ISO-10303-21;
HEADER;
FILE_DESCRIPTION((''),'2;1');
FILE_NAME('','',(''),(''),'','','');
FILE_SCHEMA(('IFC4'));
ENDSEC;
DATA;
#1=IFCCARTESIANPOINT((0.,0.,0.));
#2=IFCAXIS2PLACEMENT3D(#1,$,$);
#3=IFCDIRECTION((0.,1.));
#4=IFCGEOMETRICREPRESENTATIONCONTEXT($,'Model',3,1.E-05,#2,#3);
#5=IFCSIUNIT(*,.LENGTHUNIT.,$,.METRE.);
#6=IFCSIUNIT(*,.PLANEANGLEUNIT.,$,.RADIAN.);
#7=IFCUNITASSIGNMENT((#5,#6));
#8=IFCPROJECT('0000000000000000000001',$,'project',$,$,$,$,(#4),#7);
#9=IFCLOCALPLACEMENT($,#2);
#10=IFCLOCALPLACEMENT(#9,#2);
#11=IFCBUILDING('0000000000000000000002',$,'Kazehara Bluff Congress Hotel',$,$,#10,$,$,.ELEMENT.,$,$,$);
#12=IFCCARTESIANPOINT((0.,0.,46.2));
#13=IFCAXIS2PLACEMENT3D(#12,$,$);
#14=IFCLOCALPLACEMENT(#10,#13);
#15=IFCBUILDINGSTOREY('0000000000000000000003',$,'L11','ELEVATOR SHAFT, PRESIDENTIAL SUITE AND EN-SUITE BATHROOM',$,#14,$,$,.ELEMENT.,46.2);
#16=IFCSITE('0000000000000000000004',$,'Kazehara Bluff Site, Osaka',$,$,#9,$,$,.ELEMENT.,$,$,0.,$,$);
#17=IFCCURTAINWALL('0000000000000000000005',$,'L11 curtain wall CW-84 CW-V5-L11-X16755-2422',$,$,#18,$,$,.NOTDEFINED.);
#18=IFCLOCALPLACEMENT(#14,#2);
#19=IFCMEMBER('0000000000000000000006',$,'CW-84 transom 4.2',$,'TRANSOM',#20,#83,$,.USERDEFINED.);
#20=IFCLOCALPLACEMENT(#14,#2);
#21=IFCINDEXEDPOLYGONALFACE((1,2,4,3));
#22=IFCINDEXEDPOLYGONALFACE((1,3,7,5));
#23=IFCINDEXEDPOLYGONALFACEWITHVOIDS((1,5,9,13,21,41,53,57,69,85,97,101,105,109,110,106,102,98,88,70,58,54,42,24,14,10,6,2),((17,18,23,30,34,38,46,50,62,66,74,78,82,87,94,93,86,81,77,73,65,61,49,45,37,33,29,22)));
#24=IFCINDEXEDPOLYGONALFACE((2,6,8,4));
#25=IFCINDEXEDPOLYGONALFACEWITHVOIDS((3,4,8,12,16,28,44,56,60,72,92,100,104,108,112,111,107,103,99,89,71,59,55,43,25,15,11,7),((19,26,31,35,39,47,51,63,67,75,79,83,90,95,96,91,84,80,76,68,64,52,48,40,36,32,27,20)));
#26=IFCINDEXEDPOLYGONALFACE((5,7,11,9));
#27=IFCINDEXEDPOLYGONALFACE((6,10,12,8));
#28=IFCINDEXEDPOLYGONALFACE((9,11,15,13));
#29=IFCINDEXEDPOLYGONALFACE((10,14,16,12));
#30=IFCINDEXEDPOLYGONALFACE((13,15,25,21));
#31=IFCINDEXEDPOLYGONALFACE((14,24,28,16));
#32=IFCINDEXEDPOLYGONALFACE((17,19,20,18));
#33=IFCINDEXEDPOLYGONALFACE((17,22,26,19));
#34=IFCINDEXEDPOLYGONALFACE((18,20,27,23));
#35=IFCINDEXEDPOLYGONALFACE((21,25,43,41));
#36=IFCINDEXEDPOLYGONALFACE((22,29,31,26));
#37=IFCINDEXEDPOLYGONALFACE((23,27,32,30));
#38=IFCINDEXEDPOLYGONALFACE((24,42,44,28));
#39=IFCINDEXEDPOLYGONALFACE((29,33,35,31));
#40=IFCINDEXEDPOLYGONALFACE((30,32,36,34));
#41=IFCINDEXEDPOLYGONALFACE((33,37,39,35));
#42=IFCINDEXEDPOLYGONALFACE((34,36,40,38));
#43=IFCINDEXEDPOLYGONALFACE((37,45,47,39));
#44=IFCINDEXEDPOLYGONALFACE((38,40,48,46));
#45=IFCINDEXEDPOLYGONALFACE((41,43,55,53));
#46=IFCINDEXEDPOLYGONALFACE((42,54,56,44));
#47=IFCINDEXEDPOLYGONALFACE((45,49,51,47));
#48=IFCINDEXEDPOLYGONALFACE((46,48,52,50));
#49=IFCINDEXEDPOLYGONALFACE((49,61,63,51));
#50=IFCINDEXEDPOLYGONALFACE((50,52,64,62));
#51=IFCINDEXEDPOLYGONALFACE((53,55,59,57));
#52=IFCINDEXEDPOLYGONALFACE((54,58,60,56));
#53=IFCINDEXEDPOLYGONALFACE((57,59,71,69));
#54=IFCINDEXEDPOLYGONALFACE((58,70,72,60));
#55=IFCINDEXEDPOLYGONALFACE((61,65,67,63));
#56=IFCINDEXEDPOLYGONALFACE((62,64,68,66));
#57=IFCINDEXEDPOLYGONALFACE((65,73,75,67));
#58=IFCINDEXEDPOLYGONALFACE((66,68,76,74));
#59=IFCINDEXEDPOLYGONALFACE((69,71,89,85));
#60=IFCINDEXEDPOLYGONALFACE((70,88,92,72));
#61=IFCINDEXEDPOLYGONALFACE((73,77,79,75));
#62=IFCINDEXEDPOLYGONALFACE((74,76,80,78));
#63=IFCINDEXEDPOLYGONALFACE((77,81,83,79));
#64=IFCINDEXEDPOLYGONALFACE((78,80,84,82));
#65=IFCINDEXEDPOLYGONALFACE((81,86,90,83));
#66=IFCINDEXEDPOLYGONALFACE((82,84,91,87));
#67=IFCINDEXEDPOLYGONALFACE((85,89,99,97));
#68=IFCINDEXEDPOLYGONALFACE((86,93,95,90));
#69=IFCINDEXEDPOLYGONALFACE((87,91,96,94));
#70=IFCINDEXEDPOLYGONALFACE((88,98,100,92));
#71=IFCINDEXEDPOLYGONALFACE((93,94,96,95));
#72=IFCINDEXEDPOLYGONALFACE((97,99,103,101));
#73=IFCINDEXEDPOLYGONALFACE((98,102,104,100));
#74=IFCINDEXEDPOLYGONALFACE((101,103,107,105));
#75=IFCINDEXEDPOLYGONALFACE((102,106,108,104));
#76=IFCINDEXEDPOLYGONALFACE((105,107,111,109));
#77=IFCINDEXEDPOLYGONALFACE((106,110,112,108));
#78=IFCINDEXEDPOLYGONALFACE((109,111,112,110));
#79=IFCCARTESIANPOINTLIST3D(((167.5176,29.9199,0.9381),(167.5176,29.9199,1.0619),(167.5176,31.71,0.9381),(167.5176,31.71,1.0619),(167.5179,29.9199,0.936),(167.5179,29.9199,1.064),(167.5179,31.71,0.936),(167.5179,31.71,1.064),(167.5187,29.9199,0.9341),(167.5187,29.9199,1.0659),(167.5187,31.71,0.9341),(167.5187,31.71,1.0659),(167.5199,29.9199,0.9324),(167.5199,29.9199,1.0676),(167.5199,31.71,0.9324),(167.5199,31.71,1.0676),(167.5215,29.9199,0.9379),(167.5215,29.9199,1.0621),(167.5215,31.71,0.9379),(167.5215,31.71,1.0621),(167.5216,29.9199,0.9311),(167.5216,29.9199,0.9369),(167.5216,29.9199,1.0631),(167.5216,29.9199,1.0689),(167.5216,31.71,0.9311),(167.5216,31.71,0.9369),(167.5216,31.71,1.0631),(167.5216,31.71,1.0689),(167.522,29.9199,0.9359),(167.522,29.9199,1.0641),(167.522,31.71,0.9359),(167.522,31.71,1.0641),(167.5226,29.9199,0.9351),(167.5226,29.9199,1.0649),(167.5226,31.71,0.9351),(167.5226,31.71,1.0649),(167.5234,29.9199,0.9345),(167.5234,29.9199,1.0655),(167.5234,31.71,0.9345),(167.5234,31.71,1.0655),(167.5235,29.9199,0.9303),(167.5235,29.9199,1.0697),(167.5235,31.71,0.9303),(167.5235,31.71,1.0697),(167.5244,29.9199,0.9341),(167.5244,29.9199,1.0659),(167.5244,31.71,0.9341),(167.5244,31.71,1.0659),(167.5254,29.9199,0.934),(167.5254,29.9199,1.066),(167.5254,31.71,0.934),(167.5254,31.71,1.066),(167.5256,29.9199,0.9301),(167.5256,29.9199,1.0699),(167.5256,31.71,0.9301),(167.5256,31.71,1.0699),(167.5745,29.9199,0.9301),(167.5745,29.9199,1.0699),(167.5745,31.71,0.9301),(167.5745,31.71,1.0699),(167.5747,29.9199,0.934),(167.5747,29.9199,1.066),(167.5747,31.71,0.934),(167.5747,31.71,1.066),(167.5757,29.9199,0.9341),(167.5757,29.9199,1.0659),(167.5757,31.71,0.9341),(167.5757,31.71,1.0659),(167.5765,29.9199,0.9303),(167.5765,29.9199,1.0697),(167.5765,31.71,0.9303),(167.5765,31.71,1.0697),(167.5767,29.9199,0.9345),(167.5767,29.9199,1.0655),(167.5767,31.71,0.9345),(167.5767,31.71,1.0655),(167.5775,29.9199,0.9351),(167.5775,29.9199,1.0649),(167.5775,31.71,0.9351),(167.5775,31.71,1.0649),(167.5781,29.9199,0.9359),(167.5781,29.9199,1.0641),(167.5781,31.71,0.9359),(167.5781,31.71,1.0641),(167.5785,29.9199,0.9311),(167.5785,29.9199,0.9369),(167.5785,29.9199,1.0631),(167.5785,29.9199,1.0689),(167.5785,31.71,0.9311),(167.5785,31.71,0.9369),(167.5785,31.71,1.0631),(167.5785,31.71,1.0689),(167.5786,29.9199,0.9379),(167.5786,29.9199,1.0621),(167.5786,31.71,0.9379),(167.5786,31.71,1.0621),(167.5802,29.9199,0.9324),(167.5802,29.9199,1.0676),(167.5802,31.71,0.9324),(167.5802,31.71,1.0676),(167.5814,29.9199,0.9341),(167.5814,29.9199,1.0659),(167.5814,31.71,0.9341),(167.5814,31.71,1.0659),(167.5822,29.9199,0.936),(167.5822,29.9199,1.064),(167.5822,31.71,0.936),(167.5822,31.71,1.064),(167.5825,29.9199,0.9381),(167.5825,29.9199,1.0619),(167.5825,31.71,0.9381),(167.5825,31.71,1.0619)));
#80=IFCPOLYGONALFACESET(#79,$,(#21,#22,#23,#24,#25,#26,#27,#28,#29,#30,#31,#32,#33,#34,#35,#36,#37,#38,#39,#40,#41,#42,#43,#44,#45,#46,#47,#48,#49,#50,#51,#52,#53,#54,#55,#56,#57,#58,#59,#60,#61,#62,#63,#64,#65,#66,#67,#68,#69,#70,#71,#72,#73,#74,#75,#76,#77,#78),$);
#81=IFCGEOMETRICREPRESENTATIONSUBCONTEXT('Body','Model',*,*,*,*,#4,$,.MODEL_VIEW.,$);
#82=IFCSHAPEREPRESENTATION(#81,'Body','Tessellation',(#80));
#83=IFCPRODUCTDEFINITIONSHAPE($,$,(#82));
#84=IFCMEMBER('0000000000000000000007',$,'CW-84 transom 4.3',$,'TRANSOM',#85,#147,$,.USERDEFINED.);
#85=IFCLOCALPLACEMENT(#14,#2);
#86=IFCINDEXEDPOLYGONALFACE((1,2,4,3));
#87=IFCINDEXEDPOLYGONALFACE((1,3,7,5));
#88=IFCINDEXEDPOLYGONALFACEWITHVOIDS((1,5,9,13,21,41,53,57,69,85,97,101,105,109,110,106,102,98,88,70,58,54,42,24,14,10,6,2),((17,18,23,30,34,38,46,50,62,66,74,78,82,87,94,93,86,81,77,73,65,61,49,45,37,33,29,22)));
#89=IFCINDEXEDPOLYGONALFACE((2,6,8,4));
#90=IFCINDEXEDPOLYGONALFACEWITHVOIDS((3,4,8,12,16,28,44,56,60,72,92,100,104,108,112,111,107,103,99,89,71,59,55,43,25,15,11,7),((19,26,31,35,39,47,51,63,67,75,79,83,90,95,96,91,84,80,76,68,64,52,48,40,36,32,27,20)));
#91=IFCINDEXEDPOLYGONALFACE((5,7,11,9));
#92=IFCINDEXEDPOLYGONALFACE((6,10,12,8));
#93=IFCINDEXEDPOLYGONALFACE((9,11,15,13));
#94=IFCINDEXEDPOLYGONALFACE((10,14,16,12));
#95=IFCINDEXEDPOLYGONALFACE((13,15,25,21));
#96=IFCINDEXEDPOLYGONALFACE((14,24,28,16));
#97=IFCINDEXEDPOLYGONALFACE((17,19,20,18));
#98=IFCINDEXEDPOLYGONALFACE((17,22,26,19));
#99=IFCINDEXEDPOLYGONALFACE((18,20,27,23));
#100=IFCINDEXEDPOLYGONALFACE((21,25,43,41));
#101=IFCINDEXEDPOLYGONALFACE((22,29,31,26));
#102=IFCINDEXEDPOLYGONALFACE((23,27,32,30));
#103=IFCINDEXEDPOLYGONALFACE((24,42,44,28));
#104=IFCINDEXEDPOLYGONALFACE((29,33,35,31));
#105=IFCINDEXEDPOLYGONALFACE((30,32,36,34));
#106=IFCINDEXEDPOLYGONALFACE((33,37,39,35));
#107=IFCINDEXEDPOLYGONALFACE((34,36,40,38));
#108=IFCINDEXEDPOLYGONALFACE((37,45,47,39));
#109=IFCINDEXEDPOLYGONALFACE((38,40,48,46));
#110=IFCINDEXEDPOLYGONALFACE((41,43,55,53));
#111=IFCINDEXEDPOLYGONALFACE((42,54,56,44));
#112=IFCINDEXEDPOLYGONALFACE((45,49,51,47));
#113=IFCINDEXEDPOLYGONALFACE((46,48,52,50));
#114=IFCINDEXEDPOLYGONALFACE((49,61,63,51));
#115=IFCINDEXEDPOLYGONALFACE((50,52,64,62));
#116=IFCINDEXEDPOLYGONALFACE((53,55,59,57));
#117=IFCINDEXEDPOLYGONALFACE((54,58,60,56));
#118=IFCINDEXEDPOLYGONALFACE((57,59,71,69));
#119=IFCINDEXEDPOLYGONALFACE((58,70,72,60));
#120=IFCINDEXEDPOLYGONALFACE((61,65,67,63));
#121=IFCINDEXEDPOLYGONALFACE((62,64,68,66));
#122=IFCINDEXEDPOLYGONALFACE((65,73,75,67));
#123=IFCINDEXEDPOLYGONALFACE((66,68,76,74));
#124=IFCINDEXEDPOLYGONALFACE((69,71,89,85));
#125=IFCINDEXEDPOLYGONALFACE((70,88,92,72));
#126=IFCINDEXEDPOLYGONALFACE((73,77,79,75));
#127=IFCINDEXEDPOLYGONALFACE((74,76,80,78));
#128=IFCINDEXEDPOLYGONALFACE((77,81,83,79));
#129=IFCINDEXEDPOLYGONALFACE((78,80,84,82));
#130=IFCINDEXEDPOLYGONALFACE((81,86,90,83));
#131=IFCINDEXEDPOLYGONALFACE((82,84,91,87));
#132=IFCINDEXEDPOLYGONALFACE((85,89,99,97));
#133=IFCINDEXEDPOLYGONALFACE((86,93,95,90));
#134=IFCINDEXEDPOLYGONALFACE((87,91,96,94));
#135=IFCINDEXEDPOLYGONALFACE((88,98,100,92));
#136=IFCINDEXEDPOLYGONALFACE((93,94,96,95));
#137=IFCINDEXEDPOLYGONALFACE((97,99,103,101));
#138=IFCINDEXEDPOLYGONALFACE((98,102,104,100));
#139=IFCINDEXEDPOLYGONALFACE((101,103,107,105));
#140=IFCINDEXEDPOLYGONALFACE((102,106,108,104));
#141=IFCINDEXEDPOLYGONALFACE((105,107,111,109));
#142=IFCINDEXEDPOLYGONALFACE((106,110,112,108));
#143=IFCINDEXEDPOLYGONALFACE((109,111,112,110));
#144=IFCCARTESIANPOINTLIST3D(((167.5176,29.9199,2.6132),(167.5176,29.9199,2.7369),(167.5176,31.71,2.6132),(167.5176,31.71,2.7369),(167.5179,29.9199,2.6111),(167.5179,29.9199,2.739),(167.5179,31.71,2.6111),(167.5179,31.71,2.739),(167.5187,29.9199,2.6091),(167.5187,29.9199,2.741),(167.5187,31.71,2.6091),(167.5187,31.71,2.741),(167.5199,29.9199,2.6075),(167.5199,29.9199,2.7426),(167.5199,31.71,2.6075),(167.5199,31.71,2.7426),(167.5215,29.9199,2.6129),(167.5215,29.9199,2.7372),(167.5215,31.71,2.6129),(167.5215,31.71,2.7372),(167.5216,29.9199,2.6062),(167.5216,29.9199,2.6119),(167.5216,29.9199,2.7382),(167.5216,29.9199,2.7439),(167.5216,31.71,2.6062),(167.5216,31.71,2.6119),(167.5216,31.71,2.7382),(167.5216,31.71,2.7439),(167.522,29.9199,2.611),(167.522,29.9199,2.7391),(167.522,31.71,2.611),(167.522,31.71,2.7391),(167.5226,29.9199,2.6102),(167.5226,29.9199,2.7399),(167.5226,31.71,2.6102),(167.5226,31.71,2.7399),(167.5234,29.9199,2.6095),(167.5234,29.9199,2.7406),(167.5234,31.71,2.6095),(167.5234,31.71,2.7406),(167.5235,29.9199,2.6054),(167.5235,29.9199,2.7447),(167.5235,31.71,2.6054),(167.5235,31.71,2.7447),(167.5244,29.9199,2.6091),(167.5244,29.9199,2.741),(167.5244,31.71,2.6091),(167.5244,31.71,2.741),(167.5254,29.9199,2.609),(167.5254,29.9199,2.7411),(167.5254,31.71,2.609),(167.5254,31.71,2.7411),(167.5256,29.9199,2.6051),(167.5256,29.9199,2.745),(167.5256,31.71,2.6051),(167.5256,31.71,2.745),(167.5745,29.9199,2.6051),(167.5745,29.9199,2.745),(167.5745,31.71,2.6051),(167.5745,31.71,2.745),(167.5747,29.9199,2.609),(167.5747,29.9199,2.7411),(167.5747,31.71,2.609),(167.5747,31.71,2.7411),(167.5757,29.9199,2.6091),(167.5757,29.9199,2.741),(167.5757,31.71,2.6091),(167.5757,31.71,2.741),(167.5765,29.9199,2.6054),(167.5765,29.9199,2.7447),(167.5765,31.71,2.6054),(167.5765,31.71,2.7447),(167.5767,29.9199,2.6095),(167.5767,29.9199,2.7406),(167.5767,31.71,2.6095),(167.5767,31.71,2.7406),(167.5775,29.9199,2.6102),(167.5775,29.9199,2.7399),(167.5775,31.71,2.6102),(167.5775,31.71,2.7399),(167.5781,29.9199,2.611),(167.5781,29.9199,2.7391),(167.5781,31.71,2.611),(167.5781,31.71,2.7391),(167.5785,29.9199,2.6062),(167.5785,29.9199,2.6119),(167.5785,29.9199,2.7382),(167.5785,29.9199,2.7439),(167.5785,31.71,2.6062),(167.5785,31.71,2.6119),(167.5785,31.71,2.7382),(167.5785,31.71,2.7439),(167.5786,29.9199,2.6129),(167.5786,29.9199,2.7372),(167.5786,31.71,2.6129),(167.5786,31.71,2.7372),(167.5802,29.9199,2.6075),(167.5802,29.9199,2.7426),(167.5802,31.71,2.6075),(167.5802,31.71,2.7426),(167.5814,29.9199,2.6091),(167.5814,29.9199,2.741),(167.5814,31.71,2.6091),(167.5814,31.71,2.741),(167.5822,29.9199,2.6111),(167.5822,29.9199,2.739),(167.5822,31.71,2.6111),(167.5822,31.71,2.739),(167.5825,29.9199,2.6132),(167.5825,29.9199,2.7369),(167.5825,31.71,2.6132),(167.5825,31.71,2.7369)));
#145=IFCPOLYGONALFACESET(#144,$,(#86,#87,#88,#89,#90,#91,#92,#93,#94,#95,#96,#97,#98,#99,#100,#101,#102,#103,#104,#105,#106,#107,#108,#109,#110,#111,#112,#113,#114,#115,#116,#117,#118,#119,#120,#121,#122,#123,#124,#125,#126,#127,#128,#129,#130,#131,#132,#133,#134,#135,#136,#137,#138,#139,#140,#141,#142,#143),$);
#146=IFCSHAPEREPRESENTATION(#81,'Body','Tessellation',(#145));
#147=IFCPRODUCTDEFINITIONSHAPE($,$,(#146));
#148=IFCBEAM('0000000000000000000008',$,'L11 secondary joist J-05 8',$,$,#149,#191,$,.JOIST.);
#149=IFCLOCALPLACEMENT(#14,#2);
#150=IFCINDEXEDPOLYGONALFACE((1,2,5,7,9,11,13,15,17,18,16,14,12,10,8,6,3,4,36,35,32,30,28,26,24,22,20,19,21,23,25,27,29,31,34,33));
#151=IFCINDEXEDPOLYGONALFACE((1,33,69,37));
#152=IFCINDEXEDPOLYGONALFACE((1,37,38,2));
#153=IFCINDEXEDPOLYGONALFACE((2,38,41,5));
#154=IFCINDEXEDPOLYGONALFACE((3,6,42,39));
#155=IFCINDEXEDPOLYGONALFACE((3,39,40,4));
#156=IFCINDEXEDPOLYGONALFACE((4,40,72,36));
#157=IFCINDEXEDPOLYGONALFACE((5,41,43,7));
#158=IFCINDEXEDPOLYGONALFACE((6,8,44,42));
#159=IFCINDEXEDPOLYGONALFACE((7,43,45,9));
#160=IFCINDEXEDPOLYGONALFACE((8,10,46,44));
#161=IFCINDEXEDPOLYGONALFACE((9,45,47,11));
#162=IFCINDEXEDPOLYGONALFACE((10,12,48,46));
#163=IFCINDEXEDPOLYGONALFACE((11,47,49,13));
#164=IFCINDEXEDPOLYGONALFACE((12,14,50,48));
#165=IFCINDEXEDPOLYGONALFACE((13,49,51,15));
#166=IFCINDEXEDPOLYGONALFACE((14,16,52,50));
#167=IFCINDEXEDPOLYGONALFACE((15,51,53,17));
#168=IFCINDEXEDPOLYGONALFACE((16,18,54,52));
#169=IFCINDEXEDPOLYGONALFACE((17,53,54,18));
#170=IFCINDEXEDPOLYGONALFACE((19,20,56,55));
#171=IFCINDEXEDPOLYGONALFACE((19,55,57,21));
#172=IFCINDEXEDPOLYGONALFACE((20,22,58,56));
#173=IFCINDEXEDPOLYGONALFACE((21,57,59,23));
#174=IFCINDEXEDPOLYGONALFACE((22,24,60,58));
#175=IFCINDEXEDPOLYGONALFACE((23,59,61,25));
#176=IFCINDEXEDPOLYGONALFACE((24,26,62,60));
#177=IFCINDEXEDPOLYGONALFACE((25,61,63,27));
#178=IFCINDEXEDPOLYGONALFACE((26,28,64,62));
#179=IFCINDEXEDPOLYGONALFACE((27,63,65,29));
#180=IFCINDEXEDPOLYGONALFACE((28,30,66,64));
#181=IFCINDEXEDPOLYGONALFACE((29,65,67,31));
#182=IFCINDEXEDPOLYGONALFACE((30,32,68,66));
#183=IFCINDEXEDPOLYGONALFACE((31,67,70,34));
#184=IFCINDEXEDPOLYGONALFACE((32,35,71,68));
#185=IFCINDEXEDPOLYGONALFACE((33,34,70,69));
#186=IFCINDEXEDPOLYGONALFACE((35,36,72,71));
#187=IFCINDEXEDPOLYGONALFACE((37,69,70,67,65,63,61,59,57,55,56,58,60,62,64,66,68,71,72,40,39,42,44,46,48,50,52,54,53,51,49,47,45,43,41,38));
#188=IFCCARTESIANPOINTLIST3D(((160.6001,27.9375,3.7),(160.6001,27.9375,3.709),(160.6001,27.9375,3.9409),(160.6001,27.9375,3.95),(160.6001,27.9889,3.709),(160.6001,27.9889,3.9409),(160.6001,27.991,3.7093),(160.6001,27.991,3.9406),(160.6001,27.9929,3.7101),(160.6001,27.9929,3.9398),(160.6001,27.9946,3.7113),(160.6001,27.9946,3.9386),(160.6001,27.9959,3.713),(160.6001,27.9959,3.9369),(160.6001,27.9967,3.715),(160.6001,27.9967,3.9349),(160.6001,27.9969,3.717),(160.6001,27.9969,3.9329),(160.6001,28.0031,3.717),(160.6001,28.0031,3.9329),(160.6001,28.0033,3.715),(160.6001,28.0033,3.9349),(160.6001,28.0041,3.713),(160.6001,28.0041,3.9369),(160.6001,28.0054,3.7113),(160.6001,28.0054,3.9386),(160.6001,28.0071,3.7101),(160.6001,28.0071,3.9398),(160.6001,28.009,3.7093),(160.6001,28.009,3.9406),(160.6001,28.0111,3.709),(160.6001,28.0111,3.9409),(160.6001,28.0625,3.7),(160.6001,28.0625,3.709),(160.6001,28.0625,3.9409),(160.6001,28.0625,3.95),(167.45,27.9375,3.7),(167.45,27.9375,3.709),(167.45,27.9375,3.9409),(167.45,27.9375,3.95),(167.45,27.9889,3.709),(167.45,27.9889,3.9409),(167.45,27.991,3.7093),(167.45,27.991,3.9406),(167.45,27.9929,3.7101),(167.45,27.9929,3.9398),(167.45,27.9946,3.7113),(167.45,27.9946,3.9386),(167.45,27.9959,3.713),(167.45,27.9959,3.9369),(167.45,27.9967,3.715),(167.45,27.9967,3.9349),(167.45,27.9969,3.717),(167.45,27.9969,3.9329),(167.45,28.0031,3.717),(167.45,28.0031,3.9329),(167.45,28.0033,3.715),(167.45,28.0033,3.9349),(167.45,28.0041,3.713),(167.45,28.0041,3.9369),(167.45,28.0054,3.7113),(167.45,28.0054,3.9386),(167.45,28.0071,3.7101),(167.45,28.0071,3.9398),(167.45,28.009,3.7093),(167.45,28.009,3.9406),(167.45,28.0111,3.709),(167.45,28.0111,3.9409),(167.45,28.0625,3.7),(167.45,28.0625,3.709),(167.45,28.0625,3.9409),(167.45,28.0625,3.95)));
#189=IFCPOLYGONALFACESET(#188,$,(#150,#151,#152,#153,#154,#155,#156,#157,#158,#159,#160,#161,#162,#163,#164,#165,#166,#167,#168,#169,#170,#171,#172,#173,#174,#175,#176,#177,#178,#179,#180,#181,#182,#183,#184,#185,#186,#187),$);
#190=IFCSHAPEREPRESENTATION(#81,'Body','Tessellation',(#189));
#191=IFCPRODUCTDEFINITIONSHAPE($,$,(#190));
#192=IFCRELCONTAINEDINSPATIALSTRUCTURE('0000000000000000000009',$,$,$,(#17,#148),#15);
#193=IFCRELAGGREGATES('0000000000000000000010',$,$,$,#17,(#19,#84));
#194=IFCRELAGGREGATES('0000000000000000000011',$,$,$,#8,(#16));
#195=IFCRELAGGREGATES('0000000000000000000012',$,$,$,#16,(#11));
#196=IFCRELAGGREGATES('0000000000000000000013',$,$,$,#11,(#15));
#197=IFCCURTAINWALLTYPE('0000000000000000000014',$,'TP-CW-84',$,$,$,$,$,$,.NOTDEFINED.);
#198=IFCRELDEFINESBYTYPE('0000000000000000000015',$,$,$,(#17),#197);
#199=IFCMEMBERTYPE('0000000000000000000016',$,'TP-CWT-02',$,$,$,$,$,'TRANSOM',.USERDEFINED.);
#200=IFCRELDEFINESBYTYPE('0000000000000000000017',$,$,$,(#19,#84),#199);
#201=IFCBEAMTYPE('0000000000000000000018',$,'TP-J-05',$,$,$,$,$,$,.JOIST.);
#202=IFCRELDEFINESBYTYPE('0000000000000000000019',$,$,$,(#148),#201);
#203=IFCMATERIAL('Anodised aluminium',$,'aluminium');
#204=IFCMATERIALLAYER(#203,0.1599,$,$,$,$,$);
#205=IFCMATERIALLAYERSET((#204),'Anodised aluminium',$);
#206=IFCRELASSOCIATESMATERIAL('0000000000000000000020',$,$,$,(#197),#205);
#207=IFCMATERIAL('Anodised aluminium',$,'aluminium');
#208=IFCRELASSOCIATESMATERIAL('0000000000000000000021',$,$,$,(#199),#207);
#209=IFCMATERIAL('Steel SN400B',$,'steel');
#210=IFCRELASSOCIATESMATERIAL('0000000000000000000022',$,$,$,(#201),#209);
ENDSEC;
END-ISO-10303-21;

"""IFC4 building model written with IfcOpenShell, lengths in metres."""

from ifc_helpers import new_model, si_unit, direction, frame, origin, origin_2d, place, context, subcontext, project, spatial, hollow_rectangle, i_section, extrude, material, layer, layer_set, material_profile, profile_set, type_object, element, aggregate, save


model = new_model("IFC4")

# Units and contexts
model_context = context("Model", 3, precision=1e-05, world=origin(), true_north=direction((0.0, 1.0)))
body_context = subcontext(model_context, "Body", "Model", "MODEL_VIEW")
ifc_project = project(units=[si_unit("LENGTHUNIT", "METRE"), si_unit("PLANEANGLEUNIT", "RADIAN")], contexts=[model_context])

# Site, building, storey
site_placement = place(None, origin())
site = spatial("IfcSite", under=ifc_project, at=site_placement, Name="Kazehara Bluff Site, Osaka", CompositionType="ELEMENT", RefElevation=0.0)
building_placement = place(site_placement, origin())
building = spatial("IfcBuilding", under=site, at=building_placement, Name="Kazehara Bluff Congress Hotel", CompositionType="ELEMENT")
storey_placement = place(building_placement, frame((0.0, 0.0, 46.2)))
storey = spatial("IfcBuildingStorey", under=building, at=storey_placement, Name="L11", Description="ELEVATOR SHAFT, PRESIDENTIAL SUITE AND EN-SUITE BATHROOM", CompositionType="ELEMENT", Elevation=46.2)

# Curtain wall, members
ifc_material_1 = material(Name="Anodised aluminium", Category="aluminium")
ifc_layer_1 = layer(ifc_material_1, 0.1599)
ifc_layer_set_1 = layer_set([ifc_layer_1], Name="Anodised aluminium")
curtain_wall_type = type_object("IfcCurtainWallType", Name="TP-CW-84", PredefinedType="NOTDEFINED", material=ifc_layer_set_1)
curtain_wall_placement = place(storey_placement, origin())
curtain_wall = element("IfcCurtainWall", 1, at=curtain_wall_placement, inside=storey, type_object=curtain_wall_type, Name="L11 curtain wall CW-84 CW-V5-L11-X16755-2422", PredefinedType="NOTDEFINED")
ifc_material_2 = material(Name="Anodised aluminium", Category="aluminium")
ifc_material_profile_1 = material_profile(ifc_material_2, hollow_rectangle(XDim=0.0649, YDim=0.1399, WallThickness=0.0039, InnerFilletRadius=0.0039, OuterFilletRadius=0.0081, at=origin_2d()))
ifc_profile_set_1 = profile_set([ifc_material_profile_1], Name="Anodised aluminium")
member_type_1 = type_object("IfcMemberType", Name="TP-CWT-02", ElementType="TRANSOM", PredefinedType="USERDEFINED", material=ifc_profile_set_1)
member_1_placement = place(storey_placement, frame((167.55, 29.9199, 1.0), z_axis=(0.0, 1.0, 0.0), x_axis=(-1.0, 0.0, 0.0)))
member_1 = element("IfcMember", 2, at=member_1_placement, type_object=member_type_1, Name="CW-84 transom 4.2", ObjectType="TRANSOM", PredefinedType="USERDEFINED", context=body_context, shape_type="SweptSolid", body=[
    extrude(hollow_rectangle(XDim=0.0649, YDim=0.1399, WallThickness=0.0039, InnerFilletRadius=0.0039, OuterFilletRadius=0.0081, at=origin_2d()), origin(), (0.0, 0.0, 1.0), 1.79),
])
member_2_placement = place(storey_placement, frame((167.55, 29.9199, 2.675), z_axis=(0.0, 1.0, 0.0), x_axis=(-1.0, 0.0, 0.0)))
member_2 = element("IfcMember", 3, at=member_2_placement, type_object=member_type_1, Name="CW-84 transom 4.3", ObjectType="TRANSOM", PredefinedType="USERDEFINED", context=body_context, shape_type="SweptSolid", body=[
    extrude(hollow_rectangle(XDim=0.0649, YDim=0.1399, WallThickness=0.0039, InnerFilletRadius=0.0039, OuterFilletRadius=0.0081, at=origin_2d()), origin(), (0.0, 0.0, 1.0), 1.79),
])

# Beam
ifc_material_3 = material(Name="Steel SN400B", Category="steel")
ifc_material_profile_2 = material_profile(ifc_material_3, i_section(OverallWidth=0.125, OverallDepth=0.25, WebThickness=0.0061, FlangeThickness=0.009, FilletRadius=0.0081, at=origin_2d()))
ifc_profile_set_2 = profile_set([ifc_material_profile_2], Name="Steel SN400B")
beam_type = type_object("IfcBeamType", Name="TP-J-05", PredefinedType="JOIST", material=ifc_profile_set_2)
beam_placement = place(storey_placement, frame((160.6001, 28.0, 3.825), z_axis=(1.0, 0.0, 0.0), x_axis=(0.0, 1.0, 0.0)))
element("IfcBeam", 4, at=beam_placement, inside=storey, type_object=beam_type, Name="L11 secondary joist J-05 8", PredefinedType="JOIST", context=body_context, shape_type="SweptSolid", body=[
    extrude(i_section(OverallWidth=0.125, OverallDepth=0.25, WebThickness=0.0061, FlangeThickness=0.009, FilletRadius=0.0081, at=origin_2d()), origin(), (0.0, 0.0, 1.0), 6.8499),
])

aggregate(curtain_wall, [member_1, member_2])

save(model, "model.ifc")
